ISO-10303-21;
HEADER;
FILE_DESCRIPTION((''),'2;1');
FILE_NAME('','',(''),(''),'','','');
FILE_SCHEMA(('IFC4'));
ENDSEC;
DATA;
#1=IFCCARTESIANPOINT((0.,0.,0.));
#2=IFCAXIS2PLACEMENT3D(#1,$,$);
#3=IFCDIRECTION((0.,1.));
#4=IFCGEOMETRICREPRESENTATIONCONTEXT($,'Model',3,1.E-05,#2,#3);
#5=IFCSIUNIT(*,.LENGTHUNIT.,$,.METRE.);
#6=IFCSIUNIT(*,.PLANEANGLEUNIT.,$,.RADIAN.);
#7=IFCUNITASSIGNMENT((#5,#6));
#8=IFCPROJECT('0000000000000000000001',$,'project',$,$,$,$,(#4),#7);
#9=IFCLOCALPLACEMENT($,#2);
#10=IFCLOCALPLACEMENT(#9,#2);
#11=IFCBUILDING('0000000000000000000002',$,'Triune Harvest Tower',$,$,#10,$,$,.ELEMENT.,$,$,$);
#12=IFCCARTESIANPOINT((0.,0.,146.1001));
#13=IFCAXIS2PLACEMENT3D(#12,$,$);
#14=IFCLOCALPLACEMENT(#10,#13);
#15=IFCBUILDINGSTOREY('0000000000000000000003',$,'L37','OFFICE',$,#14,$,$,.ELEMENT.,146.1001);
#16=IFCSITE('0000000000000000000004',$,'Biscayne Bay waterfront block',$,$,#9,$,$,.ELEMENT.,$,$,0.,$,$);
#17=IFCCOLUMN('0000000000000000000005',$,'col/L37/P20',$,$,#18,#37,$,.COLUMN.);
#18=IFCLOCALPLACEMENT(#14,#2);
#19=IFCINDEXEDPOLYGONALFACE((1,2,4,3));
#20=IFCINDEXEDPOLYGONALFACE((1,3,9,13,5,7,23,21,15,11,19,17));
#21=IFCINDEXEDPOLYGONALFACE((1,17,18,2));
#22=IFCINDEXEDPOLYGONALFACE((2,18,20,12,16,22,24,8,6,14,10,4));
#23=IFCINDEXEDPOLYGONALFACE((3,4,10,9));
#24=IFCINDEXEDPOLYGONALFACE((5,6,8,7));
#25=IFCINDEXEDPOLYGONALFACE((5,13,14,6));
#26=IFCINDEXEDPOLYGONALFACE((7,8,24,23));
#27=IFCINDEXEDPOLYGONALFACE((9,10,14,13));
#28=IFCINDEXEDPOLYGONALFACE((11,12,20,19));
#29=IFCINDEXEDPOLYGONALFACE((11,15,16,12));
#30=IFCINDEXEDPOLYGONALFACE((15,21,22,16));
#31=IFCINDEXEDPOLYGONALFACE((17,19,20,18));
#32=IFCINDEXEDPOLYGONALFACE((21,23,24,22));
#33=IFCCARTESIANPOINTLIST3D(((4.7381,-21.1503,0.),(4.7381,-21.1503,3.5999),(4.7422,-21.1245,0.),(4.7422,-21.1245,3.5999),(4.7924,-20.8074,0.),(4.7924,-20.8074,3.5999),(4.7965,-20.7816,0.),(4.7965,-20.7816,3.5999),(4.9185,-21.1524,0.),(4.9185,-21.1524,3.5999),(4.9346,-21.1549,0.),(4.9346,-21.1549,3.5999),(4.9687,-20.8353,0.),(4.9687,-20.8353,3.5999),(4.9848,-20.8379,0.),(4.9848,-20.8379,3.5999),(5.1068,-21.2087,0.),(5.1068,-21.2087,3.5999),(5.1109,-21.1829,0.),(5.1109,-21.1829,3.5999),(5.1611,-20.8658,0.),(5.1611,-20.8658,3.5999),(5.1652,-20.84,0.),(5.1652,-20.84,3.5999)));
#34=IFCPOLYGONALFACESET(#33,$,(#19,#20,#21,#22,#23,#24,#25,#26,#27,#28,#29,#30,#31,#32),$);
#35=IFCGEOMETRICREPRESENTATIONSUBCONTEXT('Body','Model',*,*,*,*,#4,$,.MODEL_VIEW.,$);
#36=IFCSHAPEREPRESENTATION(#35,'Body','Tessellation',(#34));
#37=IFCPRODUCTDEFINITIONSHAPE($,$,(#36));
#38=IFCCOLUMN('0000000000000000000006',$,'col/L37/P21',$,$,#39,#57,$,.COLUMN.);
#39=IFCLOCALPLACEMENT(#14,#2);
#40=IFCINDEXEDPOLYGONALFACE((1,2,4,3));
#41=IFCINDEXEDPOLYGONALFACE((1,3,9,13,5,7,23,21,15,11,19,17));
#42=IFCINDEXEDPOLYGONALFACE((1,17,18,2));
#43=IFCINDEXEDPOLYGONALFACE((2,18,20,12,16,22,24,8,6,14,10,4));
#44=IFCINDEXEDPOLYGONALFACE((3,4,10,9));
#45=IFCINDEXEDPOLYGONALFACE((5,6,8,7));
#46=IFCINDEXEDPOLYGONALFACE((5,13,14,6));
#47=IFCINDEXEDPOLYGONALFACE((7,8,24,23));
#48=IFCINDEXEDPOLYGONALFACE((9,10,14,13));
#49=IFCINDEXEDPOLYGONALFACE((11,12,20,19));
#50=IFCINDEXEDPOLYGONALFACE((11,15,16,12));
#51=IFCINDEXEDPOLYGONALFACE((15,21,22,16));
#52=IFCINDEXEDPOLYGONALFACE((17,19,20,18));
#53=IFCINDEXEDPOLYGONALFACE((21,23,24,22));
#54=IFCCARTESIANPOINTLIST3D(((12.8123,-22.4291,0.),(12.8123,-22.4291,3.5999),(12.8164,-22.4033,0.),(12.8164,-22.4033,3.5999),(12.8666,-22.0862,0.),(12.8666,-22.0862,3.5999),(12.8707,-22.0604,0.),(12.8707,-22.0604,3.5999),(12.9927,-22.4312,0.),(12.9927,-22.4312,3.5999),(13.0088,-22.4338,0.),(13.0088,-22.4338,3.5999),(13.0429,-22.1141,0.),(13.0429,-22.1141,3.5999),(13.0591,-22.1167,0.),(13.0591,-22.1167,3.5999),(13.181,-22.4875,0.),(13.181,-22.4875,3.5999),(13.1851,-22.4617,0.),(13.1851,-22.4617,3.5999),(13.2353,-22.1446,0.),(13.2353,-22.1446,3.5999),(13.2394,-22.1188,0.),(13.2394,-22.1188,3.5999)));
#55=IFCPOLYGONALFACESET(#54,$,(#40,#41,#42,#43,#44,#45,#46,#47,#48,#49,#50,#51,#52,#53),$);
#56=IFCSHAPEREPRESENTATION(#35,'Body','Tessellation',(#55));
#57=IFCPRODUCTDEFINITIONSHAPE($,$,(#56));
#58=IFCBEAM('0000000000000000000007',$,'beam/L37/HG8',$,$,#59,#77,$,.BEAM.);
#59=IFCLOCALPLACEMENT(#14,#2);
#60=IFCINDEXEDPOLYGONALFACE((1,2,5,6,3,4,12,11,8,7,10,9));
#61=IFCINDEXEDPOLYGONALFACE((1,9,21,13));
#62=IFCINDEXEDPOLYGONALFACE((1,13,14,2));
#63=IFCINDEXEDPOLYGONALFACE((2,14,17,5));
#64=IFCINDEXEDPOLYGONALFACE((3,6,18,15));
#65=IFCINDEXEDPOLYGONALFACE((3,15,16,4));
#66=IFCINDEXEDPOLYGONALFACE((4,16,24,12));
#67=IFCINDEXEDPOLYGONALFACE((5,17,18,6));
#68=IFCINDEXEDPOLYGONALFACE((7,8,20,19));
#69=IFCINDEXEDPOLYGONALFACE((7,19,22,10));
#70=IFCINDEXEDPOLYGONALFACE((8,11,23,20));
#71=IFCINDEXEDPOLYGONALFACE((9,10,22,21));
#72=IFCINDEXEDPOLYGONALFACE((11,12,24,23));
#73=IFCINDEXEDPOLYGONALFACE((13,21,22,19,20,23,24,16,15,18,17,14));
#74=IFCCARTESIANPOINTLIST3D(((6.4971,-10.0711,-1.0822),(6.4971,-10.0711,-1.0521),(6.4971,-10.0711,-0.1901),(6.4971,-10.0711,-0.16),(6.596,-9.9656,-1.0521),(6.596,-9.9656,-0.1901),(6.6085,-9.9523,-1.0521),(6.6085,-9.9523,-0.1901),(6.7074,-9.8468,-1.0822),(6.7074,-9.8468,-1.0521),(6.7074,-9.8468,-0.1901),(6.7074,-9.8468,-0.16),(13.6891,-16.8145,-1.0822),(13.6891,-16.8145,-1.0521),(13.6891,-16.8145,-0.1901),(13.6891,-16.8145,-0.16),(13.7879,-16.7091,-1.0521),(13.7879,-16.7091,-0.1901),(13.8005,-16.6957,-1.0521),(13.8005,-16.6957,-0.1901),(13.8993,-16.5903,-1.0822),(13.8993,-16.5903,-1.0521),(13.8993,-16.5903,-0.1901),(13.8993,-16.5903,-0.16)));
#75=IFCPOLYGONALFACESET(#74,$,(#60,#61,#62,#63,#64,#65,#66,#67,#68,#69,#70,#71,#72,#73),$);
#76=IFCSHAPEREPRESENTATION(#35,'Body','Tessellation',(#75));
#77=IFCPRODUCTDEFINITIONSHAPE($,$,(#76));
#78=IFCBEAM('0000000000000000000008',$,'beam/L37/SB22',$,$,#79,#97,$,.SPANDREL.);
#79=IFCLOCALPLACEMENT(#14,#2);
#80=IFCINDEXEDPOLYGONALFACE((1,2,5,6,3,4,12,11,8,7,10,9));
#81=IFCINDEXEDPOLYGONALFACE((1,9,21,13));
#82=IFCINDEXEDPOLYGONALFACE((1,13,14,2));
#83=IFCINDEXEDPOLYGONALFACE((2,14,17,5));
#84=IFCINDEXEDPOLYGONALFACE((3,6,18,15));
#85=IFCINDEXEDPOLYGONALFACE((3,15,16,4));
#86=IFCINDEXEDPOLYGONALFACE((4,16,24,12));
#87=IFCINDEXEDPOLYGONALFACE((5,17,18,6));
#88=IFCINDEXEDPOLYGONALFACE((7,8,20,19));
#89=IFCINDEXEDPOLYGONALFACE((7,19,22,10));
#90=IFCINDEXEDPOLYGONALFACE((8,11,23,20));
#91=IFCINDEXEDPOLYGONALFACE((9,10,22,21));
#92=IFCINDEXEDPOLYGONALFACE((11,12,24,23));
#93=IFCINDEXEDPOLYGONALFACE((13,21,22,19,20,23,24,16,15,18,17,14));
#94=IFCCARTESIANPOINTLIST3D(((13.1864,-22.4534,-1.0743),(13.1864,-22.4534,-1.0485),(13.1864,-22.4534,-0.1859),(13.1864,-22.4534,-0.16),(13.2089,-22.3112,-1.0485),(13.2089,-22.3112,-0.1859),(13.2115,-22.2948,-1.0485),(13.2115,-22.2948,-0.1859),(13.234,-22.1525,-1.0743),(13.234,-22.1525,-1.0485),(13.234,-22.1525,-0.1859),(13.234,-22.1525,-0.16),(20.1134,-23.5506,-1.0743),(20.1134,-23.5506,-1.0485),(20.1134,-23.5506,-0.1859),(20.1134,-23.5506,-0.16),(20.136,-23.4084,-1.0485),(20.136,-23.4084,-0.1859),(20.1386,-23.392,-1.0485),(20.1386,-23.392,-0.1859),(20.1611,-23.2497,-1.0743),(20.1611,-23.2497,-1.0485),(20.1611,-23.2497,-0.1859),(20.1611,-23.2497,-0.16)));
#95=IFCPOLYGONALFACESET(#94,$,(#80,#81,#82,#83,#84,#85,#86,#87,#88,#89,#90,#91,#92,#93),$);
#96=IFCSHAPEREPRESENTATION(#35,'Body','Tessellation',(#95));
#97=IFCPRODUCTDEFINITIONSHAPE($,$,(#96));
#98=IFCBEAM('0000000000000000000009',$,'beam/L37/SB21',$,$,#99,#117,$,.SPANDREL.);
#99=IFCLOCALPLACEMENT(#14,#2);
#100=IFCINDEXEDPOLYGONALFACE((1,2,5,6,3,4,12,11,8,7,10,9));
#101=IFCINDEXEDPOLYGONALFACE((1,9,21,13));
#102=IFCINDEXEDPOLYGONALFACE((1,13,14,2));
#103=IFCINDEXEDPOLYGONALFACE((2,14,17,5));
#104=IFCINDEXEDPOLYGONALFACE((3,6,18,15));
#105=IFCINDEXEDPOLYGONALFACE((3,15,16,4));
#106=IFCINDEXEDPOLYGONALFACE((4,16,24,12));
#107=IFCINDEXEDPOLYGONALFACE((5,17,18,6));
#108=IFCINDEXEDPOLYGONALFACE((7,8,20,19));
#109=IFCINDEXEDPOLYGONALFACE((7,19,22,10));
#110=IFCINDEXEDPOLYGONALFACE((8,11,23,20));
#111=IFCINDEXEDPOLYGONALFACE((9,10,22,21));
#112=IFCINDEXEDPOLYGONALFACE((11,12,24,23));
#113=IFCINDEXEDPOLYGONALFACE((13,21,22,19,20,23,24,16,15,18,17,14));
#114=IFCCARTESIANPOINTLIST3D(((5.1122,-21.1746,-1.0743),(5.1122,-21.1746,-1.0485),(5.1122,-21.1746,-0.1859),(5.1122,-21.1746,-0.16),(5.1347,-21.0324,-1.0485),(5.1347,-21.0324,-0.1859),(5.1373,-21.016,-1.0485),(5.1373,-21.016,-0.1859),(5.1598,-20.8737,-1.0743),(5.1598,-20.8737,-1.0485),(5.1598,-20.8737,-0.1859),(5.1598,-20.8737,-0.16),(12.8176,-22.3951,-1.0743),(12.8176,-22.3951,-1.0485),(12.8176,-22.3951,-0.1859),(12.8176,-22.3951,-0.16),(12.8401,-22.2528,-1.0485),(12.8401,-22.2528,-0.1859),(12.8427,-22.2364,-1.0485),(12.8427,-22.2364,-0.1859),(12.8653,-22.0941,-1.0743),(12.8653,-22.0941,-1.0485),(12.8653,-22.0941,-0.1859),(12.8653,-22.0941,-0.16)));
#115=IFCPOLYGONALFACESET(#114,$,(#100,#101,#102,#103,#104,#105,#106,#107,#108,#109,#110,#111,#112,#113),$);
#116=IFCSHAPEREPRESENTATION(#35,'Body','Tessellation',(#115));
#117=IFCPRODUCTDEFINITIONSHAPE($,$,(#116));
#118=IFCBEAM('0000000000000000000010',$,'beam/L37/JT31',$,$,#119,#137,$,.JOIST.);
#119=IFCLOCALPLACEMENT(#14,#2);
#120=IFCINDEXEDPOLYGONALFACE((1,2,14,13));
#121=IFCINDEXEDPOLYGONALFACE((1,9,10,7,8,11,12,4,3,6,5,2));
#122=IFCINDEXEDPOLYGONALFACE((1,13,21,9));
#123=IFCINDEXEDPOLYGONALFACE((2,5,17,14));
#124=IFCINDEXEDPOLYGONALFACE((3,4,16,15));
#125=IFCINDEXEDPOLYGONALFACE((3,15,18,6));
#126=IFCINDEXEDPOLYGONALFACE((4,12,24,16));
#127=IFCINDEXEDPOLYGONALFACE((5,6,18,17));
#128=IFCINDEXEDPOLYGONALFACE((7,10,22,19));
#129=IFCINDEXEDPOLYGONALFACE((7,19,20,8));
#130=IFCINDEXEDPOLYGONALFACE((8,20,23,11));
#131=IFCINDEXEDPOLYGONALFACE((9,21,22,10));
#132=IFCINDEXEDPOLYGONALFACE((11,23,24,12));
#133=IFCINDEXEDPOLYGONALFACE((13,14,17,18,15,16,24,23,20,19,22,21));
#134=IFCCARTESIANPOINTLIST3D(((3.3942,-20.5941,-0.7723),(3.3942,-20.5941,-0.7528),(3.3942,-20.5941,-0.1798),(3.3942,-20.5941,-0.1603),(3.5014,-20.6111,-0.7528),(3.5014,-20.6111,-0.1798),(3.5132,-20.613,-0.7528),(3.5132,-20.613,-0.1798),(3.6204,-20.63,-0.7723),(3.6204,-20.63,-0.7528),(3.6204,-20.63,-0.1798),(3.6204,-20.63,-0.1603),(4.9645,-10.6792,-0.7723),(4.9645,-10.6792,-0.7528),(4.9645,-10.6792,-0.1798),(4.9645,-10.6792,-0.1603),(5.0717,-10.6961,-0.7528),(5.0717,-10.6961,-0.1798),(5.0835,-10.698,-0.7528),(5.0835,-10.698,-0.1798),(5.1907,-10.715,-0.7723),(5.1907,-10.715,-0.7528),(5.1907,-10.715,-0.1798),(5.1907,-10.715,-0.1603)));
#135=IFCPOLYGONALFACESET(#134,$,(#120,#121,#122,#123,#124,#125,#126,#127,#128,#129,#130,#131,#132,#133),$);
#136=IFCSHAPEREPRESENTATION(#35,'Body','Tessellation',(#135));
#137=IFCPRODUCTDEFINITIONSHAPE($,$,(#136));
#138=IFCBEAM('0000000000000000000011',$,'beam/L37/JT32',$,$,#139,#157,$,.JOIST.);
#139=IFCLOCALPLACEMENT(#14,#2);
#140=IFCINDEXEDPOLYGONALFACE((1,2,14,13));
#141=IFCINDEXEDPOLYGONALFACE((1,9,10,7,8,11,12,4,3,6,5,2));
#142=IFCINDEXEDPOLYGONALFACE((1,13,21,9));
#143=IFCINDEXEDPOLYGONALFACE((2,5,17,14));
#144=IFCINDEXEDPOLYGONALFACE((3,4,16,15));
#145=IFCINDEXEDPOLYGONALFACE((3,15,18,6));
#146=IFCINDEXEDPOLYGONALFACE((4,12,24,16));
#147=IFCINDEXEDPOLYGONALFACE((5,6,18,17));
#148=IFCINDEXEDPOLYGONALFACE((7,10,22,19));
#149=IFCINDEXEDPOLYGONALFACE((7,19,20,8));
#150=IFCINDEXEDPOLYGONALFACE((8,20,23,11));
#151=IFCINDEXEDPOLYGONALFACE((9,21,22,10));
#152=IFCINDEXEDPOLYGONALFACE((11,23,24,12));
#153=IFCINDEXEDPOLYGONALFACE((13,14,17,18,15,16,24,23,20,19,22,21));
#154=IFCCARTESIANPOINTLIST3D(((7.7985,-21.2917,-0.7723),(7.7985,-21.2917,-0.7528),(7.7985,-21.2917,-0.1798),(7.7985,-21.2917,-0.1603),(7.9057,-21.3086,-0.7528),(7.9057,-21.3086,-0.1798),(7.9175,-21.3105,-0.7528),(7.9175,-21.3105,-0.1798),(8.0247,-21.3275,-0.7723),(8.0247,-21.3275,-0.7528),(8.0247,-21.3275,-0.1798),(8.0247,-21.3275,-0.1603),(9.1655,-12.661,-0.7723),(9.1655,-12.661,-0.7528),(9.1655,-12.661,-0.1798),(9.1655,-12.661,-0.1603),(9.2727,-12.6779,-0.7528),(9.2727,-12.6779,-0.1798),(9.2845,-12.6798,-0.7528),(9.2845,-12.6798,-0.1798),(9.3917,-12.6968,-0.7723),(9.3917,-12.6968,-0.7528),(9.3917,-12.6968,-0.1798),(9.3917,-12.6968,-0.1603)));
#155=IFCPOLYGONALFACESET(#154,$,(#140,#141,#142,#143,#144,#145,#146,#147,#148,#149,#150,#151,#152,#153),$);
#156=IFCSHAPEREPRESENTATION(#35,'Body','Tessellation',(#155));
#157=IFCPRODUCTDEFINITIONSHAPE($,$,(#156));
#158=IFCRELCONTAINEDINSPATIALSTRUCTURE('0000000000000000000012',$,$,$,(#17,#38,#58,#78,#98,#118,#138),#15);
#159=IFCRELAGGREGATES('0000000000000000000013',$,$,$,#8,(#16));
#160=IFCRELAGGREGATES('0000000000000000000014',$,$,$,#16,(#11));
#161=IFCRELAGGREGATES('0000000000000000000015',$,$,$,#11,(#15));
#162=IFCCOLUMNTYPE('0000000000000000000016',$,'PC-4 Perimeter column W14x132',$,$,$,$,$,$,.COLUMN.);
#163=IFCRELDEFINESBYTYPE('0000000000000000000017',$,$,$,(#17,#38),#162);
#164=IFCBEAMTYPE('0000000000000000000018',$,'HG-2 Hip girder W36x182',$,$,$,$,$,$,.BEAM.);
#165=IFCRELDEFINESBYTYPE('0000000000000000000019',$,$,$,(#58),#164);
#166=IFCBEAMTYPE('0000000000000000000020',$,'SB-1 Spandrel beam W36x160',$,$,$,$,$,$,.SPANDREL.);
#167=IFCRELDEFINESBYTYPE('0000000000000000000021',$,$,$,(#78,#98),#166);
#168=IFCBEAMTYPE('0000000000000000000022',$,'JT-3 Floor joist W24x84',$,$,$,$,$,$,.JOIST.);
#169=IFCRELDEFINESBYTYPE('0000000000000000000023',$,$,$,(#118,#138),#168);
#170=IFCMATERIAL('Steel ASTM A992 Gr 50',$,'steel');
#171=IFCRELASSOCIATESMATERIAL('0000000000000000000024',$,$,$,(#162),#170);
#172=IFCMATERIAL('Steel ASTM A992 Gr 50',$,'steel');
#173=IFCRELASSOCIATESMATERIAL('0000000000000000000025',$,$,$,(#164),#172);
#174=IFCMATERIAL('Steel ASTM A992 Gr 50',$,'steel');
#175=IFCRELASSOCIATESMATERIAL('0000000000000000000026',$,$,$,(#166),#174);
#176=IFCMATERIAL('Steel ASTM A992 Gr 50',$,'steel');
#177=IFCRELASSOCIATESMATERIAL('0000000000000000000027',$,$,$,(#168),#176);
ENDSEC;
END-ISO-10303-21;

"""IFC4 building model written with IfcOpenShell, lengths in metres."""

from ifc_helpers import new_model, si_unit, direction, frame, origin, origin_2d, place, context, subcontext, project, spatial, i_section, extrude, source, transform, mapped, material, material_profile, profile_set, type_object, element, save


model = new_model("IFC4")

# Units and contexts
model_context = context("Model", 3, precision=1e-05, world=origin(), true_north=direction((0.0, 1.0)))
body_context = subcontext(model_context, "Body", "Model", "MODEL_VIEW")
ifc_project = project(units=[si_unit("LENGTHUNIT", "METRE"), si_unit("PLANEANGLEUNIT", "RADIAN")], contexts=[model_context])

# Site, building, storey
site_placement = place(None, origin())
site = spatial("IfcSite", under=ifc_project, at=site_placement, Name="Biscayne Bay waterfront block", CompositionType="ELEMENT", RefElevation=0.0)
building_placement = place(site_placement, origin())
building = spatial("IfcBuilding", under=site, at=building_placement, Name="Triune Harvest Tower", CompositionType="ELEMENT")
storey_placement = place(building_placement, frame((0.0, 0.0, 146.1001)))
storey = spatial("IfcBuildingStorey", under=building, at=storey_placement, Name="L37", Description="OFFICE", CompositionType="ELEMENT", Elevation=146.1001)

# Columns
ifc_material_1 = material(Name="Steel ASTM A992 Gr 50", Category="steel")
ifc_material_profile_1 = material_profile(ifc_material_1, i_section(OverallWidth=0.3733, OverallDepth=0.3733, WebThickness=0.0164, FlangeThickness=0.0261, at=origin_2d()), Name="W14x132")
ifc_profile_set_1 = profile_set([ifc_material_profile_1], Name="Steel ASTM A992 Gr 50")
column_type = type_object("IfcColumnType", Name="PC-4 Perimeter column W14x132", PredefinedType="COLUMN", material=ifc_profile_set_1)
shared_shape_1 = source(origin(), body_context, "Body", "SweptSolid", [
    extrude(i_section(OverallWidth=0.3733, OverallDepth=0.3733, WebThickness=0.0164, FlangeThickness=0.0261, at=origin_2d()), origin(), (0.0, 0.0, 1.0), 3.5999),
])
for number, where, z_axis, x_axis, name in (
    (1, (4.9517, -20.9951, 0.0), (0.0, 0.0, 1.0), (0.987688, -0.156434, 0.0), "col/L37/P20"),
    (2, (13.0259, -22.2739, 0.0), (0.0, 0.0, 1.0), (0.987688, -0.156434, 0.0), "col/L37/P21"),
):
    element("IfcColumn", number, at=place(storey_placement, frame(where, z_axis=z_axis, x_axis=x_axis)), inside=storey, type_object=column_type, Name=name, PredefinedType="COLUMN", context=body_context, shape_type="MappedRepresentation", body=[
        mapped(shared_shape_1, transform((0.0, 0.0, 0.0), scale=1.0)),
    ])

# Beams
ifc_material_2 = material(Name="Steel ASTM A992 Gr 50", Category="steel")
ifc_material_profile_2 = material_profile(ifc_material_2, i_section(OverallWidth=0.3074, OverallDepth=0.9221, WebThickness=0.0183, FlangeThickness=0.03, at=origin_2d()), Name="W36x182")
ifc_profile_set_2 = profile_set([ifc_material_profile_2], Name="Steel ASTM A992 Gr 50")
beam_type_1 = type_object("IfcBeamType", Name="HG-2 Hip girder W36x182", PredefinedType="BEAM", material=ifc_profile_set_2)
shared_shape_2 = source(origin(), body_context, "Body", "SweptSolid", [
    extrude(i_section(OverallWidth=0.3074, OverallDepth=0.9221, WebThickness=0.0183, FlangeThickness=0.03, at=origin_2d()), origin(), (0.0, 0.0, 1.0), 9.8589),
])
beam_1_placement = place(storey_placement, frame((13.7942, -16.7024, -0.6211), z_axis=(-0.729486, 0.683995, 0.0), x_axis=(-0.683995, -0.729486, 0.0)))
element("IfcBeam", 3, at=beam_1_placement, inside=storey, type_object=beam_type_1, Name="beam/L37/HG8", PredefinedType="BEAM", context=body_context, shape_type="MappedRepresentation", body=[
    mapped(shared_shape_2, transform((0.0, 0.0, 0.0), scale=1.0)),
])
ifc_material_3 = material(Name="Steel ASTM A992 Gr 50", Category="steel")
ifc_material_profile_3 = material_profile(ifc_material_3, i_section(OverallWidth=0.3047, OverallDepth=0.9143, WebThickness=0.0166, FlangeThickness=0.0259, at=origin_2d()), Name="W36x160")
ifc_profile_set_3 = profile_set([ifc_material_profile_3], Name="Steel ASTM A992 Gr 50")
beam_type_2 = type_object("IfcBeamType", Name="SB-1 Spandrel beam W36x160", PredefinedType="SPANDREL", material=ifc_profile_set_3)
shared_shape_3 = source(origin(), body_context, "Body", "SweptSolid", [
    extrude(i_section(OverallWidth=0.3047, OverallDepth=0.9143, WebThickness=0.0166, FlangeThickness=0.0259, at=origin_2d()), origin(), (0.0, 0.0, 1.0), 7.0134),
])
beam_2_placement = place(storey_placement, frame((13.2102, -22.303, -0.6172), z_axis=(0.987687, -0.15644, 0.0), x_axis=(0.15644, 0.987687, 0.0)))
element("IfcBeam", 4, at=beam_2_placement, inside=storey, type_object=beam_type_2, Name="beam/L37/SB22", PredefinedType="SPANDREL", context=body_context, shape_type="MappedRepresentation", body=[
    mapped(shared_shape_3, transform((0.0, 0.0, 0.0), scale=1.0)),
])
shared_shape_4 = source(origin(), body_context, "Body", "SweptSolid", [
    extrude(i_section(OverallWidth=0.3047, OverallDepth=0.9143, WebThickness=0.0166, FlangeThickness=0.0259, at=origin_2d()), origin(), (0.0, 0.0, 1.0), 7.8015),
])
beam_3_placement = place(storey_placement, frame((5.136, -21.0242, -0.6172), z_axis=(0.987688, -0.156437, 0.0), x_axis=(0.156437, 0.987688, 0.0)))
element("IfcBeam", 5, at=beam_3_placement, inside=storey, type_object=beam_type_2, Name="beam/L37/SB21", PredefinedType="SPANDREL", context=body_context, shape_type="MappedRepresentation", body=[
    mapped(shared_shape_4, transform((0.0, 0.0, 0.0), scale=1.0)),
])
ifc_material_4 = material(Name="Steel ASTM A992 Gr 50", Category="steel")
ifc_material_profile_4 = material_profile(ifc_material_4, i_section(OverallWidth=0.229, OverallDepth=0.6121, WebThickness=0.012, FlangeThickness=0.0195, at=origin_2d()), Name="W24x84")
ifc_profile_set_4 = profile_set([ifc_material_profile_4], Name="Steel ASTM A992 Gr 50")
beam_type_3 = type_object("IfcBeamType", Name="JT-3 Floor joist W24x84", PredefinedType="JOIST", material=ifc_profile_set_4)
shared_shape_5 = source(origin(), body_context, "Body", "SweptSolid", [
    extrude(i_section(OverallWidth=0.229, OverallDepth=0.6121, WebThickness=0.012, FlangeThickness=0.0195, at=origin_2d()), origin(), (0.0, 0.0, 1.0), 10.0386),
])
beam_4_placement = place(storey_placement, frame((3.5073, -20.6121, -0.4663), z_axis=(0.156427, 0.98769, 0.0), x_axis=(-0.98769, 0.156427, 0.0)))
element("IfcBeam", 6, at=beam_4_placement, inside=storey, type_object=beam_type_3, Name="beam/L37/JT31", PredefinedType="JOIST", context=body_context, shape_type="MappedRepresentation", body=[
    mapped(shared_shape_5, transform((0.0, 0.0, 0.0), scale=1.0)),
])
shared_shape_6 = source(origin(), body_context, "Body", "SweptSolid", [
    extrude(i_section(OverallWidth=0.229, OverallDepth=0.6121, WebThickness=0.012, FlangeThickness=0.0195, at=origin_2d()), origin(), (0.0, 0.0, 1.0), 8.7383),
])
beam_5_placement = place(storey_placement, frame((7.9116, -21.3096, -0.4663), z_axis=(0.156433, 0.987689, 0.0), x_axis=(-0.987689, 0.156433, 0.0)))
element("IfcBeam", 7, at=beam_5_placement, inside=storey, type_object=beam_type_3, Name="beam/L37/JT32", PredefinedType="JOIST", context=body_context, shape_type="MappedRepresentation", body=[
    mapped(shared_shape_6, transform((0.0, 0.0, 0.0), scale=1.0)),
])

save(model, "model.ifc")
